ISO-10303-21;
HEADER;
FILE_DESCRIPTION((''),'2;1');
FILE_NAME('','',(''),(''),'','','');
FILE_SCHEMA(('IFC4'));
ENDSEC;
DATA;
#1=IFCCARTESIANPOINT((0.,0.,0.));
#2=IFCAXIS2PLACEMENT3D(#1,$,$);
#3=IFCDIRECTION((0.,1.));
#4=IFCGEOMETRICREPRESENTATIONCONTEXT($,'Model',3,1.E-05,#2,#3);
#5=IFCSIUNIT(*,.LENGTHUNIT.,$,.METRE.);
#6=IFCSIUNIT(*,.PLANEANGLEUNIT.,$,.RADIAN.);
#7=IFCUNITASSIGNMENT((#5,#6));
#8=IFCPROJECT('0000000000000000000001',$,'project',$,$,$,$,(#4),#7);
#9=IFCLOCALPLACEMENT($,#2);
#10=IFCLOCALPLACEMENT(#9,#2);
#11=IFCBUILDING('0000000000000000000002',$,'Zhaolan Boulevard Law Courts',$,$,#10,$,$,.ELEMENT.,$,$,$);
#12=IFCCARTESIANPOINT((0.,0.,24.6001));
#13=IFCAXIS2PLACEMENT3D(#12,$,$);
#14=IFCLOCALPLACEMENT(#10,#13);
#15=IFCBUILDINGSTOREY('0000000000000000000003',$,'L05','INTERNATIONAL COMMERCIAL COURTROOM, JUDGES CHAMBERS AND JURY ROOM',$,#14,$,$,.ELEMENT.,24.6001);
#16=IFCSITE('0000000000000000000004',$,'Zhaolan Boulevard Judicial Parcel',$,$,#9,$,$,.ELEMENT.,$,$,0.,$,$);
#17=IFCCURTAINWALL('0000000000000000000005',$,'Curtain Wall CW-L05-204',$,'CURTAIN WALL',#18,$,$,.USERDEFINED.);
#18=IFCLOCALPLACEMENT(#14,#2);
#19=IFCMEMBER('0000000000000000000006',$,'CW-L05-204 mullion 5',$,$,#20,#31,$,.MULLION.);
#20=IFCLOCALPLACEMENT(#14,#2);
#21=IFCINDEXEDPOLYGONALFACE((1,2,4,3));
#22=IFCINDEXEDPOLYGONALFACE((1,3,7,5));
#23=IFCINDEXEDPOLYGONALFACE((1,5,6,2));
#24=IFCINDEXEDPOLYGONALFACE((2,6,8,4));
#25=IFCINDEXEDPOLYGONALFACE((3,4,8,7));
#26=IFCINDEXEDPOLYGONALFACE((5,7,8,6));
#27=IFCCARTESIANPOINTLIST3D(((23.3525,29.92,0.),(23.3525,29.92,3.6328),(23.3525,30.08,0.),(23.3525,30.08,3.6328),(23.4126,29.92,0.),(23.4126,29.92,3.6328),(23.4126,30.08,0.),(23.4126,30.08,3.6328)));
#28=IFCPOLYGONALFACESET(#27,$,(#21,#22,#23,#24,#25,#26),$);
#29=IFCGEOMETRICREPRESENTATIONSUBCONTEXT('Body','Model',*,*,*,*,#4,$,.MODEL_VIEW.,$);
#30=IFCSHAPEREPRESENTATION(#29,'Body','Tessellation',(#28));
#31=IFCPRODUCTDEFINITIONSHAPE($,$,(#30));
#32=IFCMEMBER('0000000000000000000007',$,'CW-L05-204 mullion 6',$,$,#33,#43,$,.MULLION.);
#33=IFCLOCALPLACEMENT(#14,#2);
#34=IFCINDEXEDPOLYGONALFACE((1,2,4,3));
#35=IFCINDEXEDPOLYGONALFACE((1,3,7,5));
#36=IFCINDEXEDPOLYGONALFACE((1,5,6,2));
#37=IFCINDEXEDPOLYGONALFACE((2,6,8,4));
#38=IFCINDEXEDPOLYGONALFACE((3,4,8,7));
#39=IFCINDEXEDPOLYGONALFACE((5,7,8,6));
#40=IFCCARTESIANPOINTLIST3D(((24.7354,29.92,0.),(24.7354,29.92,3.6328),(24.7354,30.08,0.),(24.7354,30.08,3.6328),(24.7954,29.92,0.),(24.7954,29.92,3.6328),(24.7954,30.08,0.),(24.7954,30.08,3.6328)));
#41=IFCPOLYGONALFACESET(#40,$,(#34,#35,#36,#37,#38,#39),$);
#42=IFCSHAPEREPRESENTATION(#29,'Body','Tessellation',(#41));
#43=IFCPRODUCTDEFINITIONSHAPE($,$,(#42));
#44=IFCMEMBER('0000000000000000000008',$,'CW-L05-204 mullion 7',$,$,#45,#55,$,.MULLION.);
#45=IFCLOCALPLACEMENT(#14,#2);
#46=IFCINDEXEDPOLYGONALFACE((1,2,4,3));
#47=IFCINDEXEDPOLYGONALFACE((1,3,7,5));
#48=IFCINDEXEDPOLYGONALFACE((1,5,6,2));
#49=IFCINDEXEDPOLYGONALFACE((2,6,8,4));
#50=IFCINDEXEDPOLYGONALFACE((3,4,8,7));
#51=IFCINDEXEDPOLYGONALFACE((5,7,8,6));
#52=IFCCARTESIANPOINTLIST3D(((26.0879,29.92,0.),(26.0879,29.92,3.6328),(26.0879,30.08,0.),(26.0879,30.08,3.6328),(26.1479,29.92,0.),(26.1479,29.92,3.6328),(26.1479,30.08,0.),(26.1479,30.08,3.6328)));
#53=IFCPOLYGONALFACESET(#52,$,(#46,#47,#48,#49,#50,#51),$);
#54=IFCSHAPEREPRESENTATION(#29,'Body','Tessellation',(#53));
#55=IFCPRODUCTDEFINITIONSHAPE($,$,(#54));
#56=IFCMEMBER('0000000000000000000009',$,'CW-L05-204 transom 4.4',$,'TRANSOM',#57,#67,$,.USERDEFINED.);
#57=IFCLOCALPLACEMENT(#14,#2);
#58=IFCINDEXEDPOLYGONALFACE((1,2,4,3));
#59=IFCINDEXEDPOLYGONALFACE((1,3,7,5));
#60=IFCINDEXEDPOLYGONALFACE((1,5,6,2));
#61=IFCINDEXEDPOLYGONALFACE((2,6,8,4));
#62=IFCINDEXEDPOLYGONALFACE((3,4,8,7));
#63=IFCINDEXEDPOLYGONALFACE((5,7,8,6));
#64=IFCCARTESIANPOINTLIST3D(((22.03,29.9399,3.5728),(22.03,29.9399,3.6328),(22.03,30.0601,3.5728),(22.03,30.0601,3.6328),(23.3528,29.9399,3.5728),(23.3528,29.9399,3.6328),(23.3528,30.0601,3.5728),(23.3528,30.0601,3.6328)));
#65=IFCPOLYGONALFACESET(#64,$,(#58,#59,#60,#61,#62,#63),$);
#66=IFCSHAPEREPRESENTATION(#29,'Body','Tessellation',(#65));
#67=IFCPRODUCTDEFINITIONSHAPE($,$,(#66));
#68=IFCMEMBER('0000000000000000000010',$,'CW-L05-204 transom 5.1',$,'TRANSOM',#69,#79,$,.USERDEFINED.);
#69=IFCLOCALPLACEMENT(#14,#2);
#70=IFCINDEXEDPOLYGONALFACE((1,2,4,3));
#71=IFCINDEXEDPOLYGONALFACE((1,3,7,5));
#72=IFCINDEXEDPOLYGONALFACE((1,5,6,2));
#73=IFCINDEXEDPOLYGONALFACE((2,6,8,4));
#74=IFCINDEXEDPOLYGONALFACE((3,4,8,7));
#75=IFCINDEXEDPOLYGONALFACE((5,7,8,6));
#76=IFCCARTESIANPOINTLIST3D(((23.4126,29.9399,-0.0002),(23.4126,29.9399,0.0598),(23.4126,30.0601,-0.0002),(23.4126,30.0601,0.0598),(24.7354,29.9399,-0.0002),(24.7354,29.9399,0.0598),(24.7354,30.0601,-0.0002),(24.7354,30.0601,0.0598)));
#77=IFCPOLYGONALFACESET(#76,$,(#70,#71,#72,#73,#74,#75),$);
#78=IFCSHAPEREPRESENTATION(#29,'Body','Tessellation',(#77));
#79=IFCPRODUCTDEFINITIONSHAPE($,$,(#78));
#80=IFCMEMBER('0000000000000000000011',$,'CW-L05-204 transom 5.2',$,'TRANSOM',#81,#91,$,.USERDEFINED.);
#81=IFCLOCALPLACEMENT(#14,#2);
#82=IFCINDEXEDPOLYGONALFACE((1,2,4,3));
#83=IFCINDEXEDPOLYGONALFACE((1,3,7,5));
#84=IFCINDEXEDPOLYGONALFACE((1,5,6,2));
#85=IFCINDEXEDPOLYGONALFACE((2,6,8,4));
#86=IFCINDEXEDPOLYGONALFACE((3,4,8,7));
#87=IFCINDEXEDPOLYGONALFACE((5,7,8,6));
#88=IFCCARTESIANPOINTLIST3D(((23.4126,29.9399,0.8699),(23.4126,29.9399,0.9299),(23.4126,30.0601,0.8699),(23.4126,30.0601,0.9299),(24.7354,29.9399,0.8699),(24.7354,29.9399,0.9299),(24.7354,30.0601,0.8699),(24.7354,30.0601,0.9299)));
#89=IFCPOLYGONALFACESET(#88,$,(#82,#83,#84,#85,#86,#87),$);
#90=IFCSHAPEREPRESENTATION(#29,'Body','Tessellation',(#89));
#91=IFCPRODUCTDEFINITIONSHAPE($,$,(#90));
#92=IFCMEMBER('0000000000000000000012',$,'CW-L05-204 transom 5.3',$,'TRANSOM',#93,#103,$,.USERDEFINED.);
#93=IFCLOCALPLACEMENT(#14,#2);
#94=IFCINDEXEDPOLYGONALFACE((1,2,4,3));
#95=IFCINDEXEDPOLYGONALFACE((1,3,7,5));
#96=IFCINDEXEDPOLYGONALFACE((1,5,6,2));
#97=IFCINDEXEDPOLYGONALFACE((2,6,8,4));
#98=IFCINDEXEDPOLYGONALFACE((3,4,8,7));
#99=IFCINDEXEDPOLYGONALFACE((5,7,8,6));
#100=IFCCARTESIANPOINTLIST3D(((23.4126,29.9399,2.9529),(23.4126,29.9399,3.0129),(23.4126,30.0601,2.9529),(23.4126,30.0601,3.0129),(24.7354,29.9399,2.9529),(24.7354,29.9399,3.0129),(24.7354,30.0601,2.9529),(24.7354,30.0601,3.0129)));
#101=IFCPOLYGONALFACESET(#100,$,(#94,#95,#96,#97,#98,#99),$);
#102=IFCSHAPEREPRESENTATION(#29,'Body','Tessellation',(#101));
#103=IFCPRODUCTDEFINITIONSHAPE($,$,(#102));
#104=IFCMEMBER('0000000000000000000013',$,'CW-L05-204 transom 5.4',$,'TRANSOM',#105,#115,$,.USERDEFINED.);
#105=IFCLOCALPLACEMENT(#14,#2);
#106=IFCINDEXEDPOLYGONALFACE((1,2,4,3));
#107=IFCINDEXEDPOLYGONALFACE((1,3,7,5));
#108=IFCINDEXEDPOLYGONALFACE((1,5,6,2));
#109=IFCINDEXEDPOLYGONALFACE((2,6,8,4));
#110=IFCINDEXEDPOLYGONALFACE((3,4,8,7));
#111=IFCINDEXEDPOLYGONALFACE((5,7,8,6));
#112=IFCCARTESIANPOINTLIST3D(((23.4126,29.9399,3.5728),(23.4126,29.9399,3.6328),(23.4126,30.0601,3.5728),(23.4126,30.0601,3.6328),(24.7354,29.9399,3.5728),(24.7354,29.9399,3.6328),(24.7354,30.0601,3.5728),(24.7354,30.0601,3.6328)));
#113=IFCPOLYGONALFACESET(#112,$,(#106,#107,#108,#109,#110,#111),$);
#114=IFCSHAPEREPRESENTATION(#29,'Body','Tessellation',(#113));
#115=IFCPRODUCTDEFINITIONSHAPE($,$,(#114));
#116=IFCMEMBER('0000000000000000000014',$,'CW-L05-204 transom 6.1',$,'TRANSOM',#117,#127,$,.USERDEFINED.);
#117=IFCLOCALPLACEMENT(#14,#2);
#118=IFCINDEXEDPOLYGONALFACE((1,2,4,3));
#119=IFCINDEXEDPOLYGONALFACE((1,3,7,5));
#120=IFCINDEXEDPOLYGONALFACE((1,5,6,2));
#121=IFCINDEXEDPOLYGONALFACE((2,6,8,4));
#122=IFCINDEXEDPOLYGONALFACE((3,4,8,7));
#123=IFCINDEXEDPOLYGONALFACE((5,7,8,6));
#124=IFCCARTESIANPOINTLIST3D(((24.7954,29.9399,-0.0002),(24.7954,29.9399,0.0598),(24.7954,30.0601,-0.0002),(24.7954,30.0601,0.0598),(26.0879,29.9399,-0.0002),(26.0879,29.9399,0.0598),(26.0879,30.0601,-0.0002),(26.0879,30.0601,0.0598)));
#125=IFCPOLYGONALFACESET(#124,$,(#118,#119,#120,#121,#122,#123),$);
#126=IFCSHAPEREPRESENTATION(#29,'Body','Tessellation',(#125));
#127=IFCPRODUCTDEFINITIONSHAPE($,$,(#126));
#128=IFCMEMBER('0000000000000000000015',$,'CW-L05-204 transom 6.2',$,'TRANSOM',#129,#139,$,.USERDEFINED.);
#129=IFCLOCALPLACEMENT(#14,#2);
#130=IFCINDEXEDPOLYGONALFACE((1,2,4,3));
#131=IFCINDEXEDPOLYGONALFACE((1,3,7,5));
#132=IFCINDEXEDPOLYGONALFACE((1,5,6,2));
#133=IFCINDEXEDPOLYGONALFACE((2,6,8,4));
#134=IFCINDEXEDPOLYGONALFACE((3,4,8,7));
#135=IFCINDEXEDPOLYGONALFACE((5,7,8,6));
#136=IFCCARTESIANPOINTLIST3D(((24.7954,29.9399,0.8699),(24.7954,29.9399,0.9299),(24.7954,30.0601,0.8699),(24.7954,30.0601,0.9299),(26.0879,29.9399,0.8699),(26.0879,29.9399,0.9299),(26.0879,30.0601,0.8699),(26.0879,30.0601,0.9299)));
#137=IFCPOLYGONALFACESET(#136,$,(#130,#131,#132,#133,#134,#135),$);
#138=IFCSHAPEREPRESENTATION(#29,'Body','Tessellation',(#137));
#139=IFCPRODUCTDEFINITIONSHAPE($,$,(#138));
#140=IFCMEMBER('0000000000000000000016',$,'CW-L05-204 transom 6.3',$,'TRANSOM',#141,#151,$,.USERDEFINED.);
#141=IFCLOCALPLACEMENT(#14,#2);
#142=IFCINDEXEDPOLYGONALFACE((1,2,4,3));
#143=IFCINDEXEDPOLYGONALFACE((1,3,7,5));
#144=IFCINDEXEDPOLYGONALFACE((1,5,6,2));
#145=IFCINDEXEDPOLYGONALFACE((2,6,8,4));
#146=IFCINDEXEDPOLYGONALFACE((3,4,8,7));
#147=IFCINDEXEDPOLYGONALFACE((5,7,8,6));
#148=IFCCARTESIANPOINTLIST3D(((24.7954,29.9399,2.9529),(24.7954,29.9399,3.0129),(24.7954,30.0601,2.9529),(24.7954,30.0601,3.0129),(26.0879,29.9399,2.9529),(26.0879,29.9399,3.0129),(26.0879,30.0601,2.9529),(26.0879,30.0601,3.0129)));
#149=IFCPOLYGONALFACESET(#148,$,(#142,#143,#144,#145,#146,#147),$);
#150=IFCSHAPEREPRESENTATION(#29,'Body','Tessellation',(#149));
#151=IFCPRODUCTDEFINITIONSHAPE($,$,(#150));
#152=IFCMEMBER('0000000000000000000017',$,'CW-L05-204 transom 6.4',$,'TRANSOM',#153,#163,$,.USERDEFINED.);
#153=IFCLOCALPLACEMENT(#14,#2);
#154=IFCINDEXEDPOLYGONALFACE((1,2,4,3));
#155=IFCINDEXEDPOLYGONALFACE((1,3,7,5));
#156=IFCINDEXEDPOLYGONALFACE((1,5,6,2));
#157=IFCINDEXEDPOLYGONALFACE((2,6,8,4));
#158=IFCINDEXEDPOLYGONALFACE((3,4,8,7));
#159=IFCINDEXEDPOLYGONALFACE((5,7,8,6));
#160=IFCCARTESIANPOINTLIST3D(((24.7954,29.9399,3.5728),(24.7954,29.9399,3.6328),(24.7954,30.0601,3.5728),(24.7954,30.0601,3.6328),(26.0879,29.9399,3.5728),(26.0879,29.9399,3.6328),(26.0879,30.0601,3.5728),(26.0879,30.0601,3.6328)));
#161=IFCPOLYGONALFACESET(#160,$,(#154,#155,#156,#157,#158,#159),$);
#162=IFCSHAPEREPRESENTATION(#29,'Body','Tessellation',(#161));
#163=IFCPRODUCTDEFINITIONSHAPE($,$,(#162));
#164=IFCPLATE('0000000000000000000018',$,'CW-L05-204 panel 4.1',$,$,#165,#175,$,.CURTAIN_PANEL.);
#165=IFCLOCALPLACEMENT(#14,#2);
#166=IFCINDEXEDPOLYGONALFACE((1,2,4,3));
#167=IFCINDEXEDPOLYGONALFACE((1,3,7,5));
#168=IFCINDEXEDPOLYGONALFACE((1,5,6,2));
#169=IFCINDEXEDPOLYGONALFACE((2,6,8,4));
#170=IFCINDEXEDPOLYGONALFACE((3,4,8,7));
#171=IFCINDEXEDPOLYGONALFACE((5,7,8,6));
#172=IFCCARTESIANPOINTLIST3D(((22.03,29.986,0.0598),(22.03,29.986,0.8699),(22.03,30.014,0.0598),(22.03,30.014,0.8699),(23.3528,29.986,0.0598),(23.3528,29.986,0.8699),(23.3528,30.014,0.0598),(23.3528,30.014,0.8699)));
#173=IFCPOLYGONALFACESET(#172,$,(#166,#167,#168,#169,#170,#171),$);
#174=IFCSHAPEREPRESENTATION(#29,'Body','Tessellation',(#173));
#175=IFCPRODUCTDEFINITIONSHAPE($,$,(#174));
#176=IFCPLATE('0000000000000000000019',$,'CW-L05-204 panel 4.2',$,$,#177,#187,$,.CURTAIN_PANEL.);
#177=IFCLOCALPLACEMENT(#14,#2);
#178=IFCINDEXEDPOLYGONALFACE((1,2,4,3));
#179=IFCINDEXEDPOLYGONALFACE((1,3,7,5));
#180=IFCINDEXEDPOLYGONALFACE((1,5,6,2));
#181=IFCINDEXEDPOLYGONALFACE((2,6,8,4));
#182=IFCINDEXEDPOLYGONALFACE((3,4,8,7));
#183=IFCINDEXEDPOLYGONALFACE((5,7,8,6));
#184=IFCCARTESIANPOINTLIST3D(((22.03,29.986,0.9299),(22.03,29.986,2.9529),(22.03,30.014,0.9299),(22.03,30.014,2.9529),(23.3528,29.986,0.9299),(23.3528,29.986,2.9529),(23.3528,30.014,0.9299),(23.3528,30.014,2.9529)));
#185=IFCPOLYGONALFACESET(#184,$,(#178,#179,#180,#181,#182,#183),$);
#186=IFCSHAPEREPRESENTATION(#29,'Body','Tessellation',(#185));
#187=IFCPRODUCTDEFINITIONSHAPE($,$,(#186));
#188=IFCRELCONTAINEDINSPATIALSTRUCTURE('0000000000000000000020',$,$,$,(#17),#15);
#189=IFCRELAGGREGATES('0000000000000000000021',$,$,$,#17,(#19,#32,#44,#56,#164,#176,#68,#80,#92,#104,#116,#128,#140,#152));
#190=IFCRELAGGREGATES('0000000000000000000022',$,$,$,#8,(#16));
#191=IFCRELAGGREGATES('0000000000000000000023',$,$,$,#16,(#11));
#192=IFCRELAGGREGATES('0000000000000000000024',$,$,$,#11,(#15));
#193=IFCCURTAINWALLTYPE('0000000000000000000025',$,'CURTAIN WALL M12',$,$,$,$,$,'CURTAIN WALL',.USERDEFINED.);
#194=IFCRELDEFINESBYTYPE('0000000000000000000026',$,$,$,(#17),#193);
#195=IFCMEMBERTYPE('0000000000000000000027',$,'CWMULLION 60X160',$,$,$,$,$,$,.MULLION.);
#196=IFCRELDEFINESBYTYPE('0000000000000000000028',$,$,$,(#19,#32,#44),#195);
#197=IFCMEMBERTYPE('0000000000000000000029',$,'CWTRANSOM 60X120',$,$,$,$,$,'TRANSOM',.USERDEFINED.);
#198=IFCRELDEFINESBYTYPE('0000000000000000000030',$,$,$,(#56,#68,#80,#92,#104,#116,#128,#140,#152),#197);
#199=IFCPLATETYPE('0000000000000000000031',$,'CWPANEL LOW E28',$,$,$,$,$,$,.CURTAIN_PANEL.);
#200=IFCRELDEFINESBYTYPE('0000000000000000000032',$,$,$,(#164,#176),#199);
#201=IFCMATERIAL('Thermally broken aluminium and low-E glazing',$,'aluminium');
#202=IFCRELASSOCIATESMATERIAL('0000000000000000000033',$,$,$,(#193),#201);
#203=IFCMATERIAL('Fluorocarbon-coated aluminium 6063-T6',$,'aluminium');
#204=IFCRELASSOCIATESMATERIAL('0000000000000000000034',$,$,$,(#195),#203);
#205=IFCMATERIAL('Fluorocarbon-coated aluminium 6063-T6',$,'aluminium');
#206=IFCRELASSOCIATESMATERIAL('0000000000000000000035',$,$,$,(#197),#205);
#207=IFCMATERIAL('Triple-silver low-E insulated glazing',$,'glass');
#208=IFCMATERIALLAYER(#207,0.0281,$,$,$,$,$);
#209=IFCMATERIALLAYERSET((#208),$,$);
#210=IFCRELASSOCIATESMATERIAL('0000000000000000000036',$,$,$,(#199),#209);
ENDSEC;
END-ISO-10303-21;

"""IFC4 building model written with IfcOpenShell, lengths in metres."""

from ifc_helpers import new_model, si_unit, direction, frame, origin, origin_2d, place, context, subcontext, project, spatial, rectangle, extrude, material, layer, layer_set, material_profile, profile_set, type_object, element, aggregate, save


model = new_model("IFC4")

# Units and contexts
model_context = context("Model", 3, precision=1e-05, world=origin(), true_north=direction((0.0, 1.0)))
body_context = subcontext(model_context, "Body", "Model", "MODEL_VIEW")
ifc_project = project(units=[si_unit("LENGTHUNIT", "METRE"), si_unit("PLANEANGLEUNIT", "RADIAN")], contexts=[model_context])

# Site, building, storey
site_placement = place(None, origin())
site = spatial("IfcSite", under=ifc_project, at=site_placement, Name="Zhaolan Boulevard Judicial Parcel", CompositionType="ELEMENT", RefElevation=0.0)
building_placement = place(site_placement, origin())
building = spatial("IfcBuilding", under=site, at=building_placement, Name="Zhaolan Boulevard Law Courts", CompositionType="ELEMENT")
storey_placement = place(building_placement, frame((0.0, 0.0, 24.6001)))
storey = spatial("IfcBuildingStorey", under=building, at=storey_placement, Name="L05", Description="INTERNATIONAL COMMERCIAL COURTROOM, JUDGES CHAMBERS AND JURY ROOM", CompositionType="ELEMENT", Elevation=24.6001)

# Curtain wall, members, plates
ifc_material_1 = material(Name="Thermally broken aluminium and low-E glazing", Category="aluminium")
curtain_wall_type = type_object("IfcCurtainWallType", Name="CURTAIN WALL M12", ElementType="CURTAIN WALL", PredefinedType="USERDEFINED", material=ifc_material_1)
curtain_wall_placement = place(storey_placement, origin())
curtain_wall = element("IfcCurtainWall", 1, at=curtain_wall_placement, inside=storey, type_object=curtain_wall_type, Name="Curtain Wall CW-L05-204", ObjectType="CURTAIN WALL", PredefinedType="USERDEFINED")
ifc_material_2 = material(Name="Fluorocarbon-coated aluminium 6063-T6", Category="aluminium")
ifc_material_profile_1 = material_profile(ifc_material_2, rectangle(XDim=0.1599, YDim=0.0601, at=origin_2d()), Name="AL60x160")
ifc_profile_set_1 = profile_set([ifc_material_profile_1], Name="Fluorocarbon-coated aluminium 6063-T6")
member_type_1 = type_object("IfcMemberType", Name="CWMULLION 60X160", PredefinedType="MULLION", material=ifc_profile_set_1)
member_1_placement = place(storey_placement, frame((23.3826, 30.0, 0.0), z_axis=(0.0, 0.0, 1.0), x_axis=(0.0, 1.0, 0.0)))
member_1 = element("IfcMember", 2, at=member_1_placement, type_object=member_type_1, Name="CW-L05-204 mullion 5", PredefinedType="MULLION", context=body_context, shape_type="SweptSolid", body=[
    extrude(rectangle(XDim=0.1599, YDim=0.0601, at=origin_2d()), origin(), (0.0, 0.0, 1.0), 3.6328),
])
member_2_placement = place(storey_placement, frame((24.7654, 30.0, 0.0), z_axis=(0.0, 0.0, 1.0), x_axis=(0.0, 1.0, 0.0)))
member_2 = element("IfcMember", 3, at=member_2_placement, type_object=member_type_1, Name="CW-L05-204 mullion 6", PredefinedType="MULLION", context=body_context, shape_type="SweptSolid", body=[
    extrude(rectangle(XDim=0.1599, YDim=0.0601, at=origin_2d()), origin(), (0.0, 0.0, 1.0), 3.6328),
])
member_3_placement = place(storey_placement, frame((26.1179, 30.0, 0.0), z_axis=(0.0, 0.0, 1.0), x_axis=(0.0, 1.0, 0.0)))
member_3 = element("IfcMember", 4, at=member_3_placement, type_object=member_type_1, Name="CW-L05-204 mullion 7", PredefinedType="MULLION", context=body_context, shape_type="SweptSolid", body=[
    extrude(rectangle(XDim=0.1599, YDim=0.0601, at=origin_2d()), origin(), (0.0, 0.0, 1.0), 3.6328),
])
ifc_material_3 = material(Name="Fluorocarbon-coated aluminium 6063-T6", Category="aluminium")
ifc_material_profile_2 = material_profile(ifc_material_3, rectangle(XDim=0.1201, YDim=0.0601, at=origin_2d()), Name="AL60x120")
ifc_profile_set_2 = profile_set([ifc_material_profile_2], Name="Fluorocarbon-coated aluminium 6063-T6")
member_type_2 = type_object("IfcMemberType", Name="CWTRANSOM 60X120", ElementType="TRANSOM", PredefinedType="USERDEFINED", material=ifc_profile_set_2)
member_4_placement = place(storey_placement, frame((22.03, 30.0, 3.6028), z_axis=(1.0, 0.0, 0.0), x_axis=(0.0, 1.0, 0.0)))
member_4 = element("IfcMember", 5, at=member_4_placement, type_object=member_type_2, Name="CW-L05-204 transom 4.4", ObjectType="TRANSOM", PredefinedType="USERDEFINED", context=body_context, shape_type="SweptSolid", body=[
    extrude(rectangle(XDim=0.1201, YDim=0.0601, at=origin_2d()), origin(), (0.0, 0.0, 1.0), 1.3228),
])
member_5_placement = place(storey_placement, frame((23.4126, 30.0, 0.0298), z_axis=(1.0, 0.0, 0.0), x_axis=(0.0, 1.0, 0.0)))
member_5 = element("IfcMember", 6, at=member_5_placement, type_object=member_type_2, Name="CW-L05-204 transom 5.1", ObjectType="TRANSOM", PredefinedType="USERDEFINED", context=body_context, shape_type="SweptSolid", body=[
    extrude(rectangle(XDim=0.1201, YDim=0.0601, at=origin_2d()), origin(), (0.0, 0.0, 1.0), 1.3228),
])
member_6_placement = place(storey_placement, frame((23.4126, 30.0, 0.8999), z_axis=(1.0, 0.0, 0.0), x_axis=(0.0, 1.0, 0.0)))
member_6 = element("IfcMember", 7, at=member_6_placement, type_object=member_type_2, Name="CW-L05-204 transom 5.2", ObjectType="TRANSOM", PredefinedType="USERDEFINED", context=body_context, shape_type="SweptSolid", body=[
    extrude(rectangle(XDim=0.1201, YDim=0.0601, at=origin_2d()), origin(), (0.0, 0.0, 1.0), 1.3228),
])
member_7_placement = place(storey_placement, frame((23.4126, 30.0, 2.9829), z_axis=(1.0, 0.0, 0.0), x_axis=(0.0, 1.0, 0.0)))
member_7 = element("IfcMember", 8, at=member_7_placement, type_object=member_type_2, Name="CW-L05-204 transom 5.3", ObjectType="TRANSOM", PredefinedType="USERDEFINED", context=body_context, shape_type="SweptSolid", body=[
    extrude(rectangle(XDim=0.1201, YDim=0.0601, at=origin_2d()), origin(), (0.0, 0.0, 1.0), 1.3228),
])
member_8_placement = place(storey_placement, frame((23.4126, 30.0, 3.6028), z_axis=(1.0, 0.0, 0.0), x_axis=(0.0, 1.0, 0.0)))
member_8 = element("IfcMember", 9, at=member_8_placement, type_object=member_type_2, Name="CW-L05-204 transom 5.4", ObjectType="TRANSOM", PredefinedType="USERDEFINED", context=body_context, shape_type="SweptSolid", body=[
    extrude(rectangle(XDim=0.1201, YDim=0.0601, at=origin_2d()), origin(), (0.0, 0.0, 1.0), 1.3228),
])
member_9_placement = place(storey_placement, frame((24.7954, 30.0, 0.0298), z_axis=(1.0, 0.0, 0.0), x_axis=(0.0, 1.0, 0.0)))
member_9 = element("IfcMember", 10, at=member_9_placement, type_object=member_type_2, Name="CW-L05-204 transom 6.1", ObjectType="TRANSOM", PredefinedType="USERDEFINED", context=body_context, shape_type="SweptSolid", body=[
    extrude(rectangle(XDim=0.1201, YDim=0.0601, at=origin_2d()), origin(), (0.0, 0.0, 1.0), 1.2925),
])
member_10_placement = place(storey_placement, frame((24.7954, 30.0, 0.8999), z_axis=(1.0, 0.0, 0.0), x_axis=(0.0, 1.0, 0.0)))
member_10 = element("IfcMember", 11, at=member_10_placement, type_object=member_type_2, Name="CW-L05-204 transom 6.2", ObjectType="TRANSOM", PredefinedType="USERDEFINED", context=body_context, shape_type="SweptSolid", body=[
    extrude(rectangle(XDim=0.1201, YDim=0.0601, at=origin_2d()), origin(), (0.0, 0.0, 1.0), 1.2925),
])
member_11_placement = place(storey_placement, frame((24.7954, 30.0, 2.9829), z_axis=(1.0, 0.0, 0.0), x_axis=(0.0, 1.0, 0.0)))
member_11 = element("IfcMember", 12, at=member_11_placement, type_object=member_type_2, Name="CW-L05-204 transom 6.3", ObjectType="TRANSOM", PredefinedType="USERDEFINED", context=body_context, shape_type="SweptSolid", body=[
    extrude(rectangle(XDim=0.1201, YDim=0.0601, at=origin_2d()), origin(), (0.0, 0.0, 1.0), 1.2925),
])
member_12_placement = place(storey_placement, frame((24.7954, 30.0, 3.6028), z_axis=(1.0, 0.0, 0.0), x_axis=(0.0, 1.0, 0.0)))
member_12 = element("IfcMember", 13, at=member_12_placement, type_object=member_type_2, Name="CW-L05-204 transom 6.4", ObjectType="TRANSOM", PredefinedType="USERDEFINED", context=body_context, shape_type="SweptSolid", body=[
    extrude(rectangle(XDim=0.1201, YDim=0.0601, at=origin_2d()), origin(), (0.0, 0.0, 1.0), 1.2925),
])
ifc_material_4 = material(Name="Triple-silver low-E insulated glazing", Category="glass")
ifc_layer_1 = layer(ifc_material_4, 0.0281)
ifc_layer_set_1 = layer_set([ifc_layer_1])
plate_type = type_object("IfcPlateType", Name="CWPANEL LOW E28", PredefinedType="CURTAIN_PANEL", material=ifc_layer_set_1)
plate_1_placement = place(storey_placement, frame((22.6914, 30.0, 0.0598), z_axis=(0.0, 0.0, 1.0), x_axis=(1.0, 0.0, 0.0)))
plate_1 = element("IfcPlate", 14, at=plate_1_placement, type_object=plate_type, Name="CW-L05-204 panel 4.1", PredefinedType="CURTAIN_PANEL", context=body_context, shape_type="SweptSolid", body=[
    extrude(rectangle(XDim=1.3228, YDim=0.0281, at=origin_2d()), origin(), (0.0, 0.0, 1.0), 0.8101),
])
plate_2_placement = place(storey_placement, frame((22.6914, 30.0, 0.9299), z_axis=(0.0, 0.0, 1.0), x_axis=(1.0, 0.0, 0.0)))
plate_2 = element("IfcPlate", 15, at=plate_2_placement, type_object=plate_type, Name="CW-L05-204 panel 4.2", PredefinedType="CURTAIN_PANEL", context=body_context, shape_type="SweptSolid", body=[
    extrude(rectangle(XDim=1.3228, YDim=0.0281, at=origin_2d()), origin(), (0.0, 0.0, 1.0), 2.0229),
])
aggregate(curtain_wall, [member_1, member_2, member_3, member_4, plate_1, plate_2, member_5, member_6, member_7, member_8, member_9, member_10, member_11, member_12])

save(model, "model.ifc")
